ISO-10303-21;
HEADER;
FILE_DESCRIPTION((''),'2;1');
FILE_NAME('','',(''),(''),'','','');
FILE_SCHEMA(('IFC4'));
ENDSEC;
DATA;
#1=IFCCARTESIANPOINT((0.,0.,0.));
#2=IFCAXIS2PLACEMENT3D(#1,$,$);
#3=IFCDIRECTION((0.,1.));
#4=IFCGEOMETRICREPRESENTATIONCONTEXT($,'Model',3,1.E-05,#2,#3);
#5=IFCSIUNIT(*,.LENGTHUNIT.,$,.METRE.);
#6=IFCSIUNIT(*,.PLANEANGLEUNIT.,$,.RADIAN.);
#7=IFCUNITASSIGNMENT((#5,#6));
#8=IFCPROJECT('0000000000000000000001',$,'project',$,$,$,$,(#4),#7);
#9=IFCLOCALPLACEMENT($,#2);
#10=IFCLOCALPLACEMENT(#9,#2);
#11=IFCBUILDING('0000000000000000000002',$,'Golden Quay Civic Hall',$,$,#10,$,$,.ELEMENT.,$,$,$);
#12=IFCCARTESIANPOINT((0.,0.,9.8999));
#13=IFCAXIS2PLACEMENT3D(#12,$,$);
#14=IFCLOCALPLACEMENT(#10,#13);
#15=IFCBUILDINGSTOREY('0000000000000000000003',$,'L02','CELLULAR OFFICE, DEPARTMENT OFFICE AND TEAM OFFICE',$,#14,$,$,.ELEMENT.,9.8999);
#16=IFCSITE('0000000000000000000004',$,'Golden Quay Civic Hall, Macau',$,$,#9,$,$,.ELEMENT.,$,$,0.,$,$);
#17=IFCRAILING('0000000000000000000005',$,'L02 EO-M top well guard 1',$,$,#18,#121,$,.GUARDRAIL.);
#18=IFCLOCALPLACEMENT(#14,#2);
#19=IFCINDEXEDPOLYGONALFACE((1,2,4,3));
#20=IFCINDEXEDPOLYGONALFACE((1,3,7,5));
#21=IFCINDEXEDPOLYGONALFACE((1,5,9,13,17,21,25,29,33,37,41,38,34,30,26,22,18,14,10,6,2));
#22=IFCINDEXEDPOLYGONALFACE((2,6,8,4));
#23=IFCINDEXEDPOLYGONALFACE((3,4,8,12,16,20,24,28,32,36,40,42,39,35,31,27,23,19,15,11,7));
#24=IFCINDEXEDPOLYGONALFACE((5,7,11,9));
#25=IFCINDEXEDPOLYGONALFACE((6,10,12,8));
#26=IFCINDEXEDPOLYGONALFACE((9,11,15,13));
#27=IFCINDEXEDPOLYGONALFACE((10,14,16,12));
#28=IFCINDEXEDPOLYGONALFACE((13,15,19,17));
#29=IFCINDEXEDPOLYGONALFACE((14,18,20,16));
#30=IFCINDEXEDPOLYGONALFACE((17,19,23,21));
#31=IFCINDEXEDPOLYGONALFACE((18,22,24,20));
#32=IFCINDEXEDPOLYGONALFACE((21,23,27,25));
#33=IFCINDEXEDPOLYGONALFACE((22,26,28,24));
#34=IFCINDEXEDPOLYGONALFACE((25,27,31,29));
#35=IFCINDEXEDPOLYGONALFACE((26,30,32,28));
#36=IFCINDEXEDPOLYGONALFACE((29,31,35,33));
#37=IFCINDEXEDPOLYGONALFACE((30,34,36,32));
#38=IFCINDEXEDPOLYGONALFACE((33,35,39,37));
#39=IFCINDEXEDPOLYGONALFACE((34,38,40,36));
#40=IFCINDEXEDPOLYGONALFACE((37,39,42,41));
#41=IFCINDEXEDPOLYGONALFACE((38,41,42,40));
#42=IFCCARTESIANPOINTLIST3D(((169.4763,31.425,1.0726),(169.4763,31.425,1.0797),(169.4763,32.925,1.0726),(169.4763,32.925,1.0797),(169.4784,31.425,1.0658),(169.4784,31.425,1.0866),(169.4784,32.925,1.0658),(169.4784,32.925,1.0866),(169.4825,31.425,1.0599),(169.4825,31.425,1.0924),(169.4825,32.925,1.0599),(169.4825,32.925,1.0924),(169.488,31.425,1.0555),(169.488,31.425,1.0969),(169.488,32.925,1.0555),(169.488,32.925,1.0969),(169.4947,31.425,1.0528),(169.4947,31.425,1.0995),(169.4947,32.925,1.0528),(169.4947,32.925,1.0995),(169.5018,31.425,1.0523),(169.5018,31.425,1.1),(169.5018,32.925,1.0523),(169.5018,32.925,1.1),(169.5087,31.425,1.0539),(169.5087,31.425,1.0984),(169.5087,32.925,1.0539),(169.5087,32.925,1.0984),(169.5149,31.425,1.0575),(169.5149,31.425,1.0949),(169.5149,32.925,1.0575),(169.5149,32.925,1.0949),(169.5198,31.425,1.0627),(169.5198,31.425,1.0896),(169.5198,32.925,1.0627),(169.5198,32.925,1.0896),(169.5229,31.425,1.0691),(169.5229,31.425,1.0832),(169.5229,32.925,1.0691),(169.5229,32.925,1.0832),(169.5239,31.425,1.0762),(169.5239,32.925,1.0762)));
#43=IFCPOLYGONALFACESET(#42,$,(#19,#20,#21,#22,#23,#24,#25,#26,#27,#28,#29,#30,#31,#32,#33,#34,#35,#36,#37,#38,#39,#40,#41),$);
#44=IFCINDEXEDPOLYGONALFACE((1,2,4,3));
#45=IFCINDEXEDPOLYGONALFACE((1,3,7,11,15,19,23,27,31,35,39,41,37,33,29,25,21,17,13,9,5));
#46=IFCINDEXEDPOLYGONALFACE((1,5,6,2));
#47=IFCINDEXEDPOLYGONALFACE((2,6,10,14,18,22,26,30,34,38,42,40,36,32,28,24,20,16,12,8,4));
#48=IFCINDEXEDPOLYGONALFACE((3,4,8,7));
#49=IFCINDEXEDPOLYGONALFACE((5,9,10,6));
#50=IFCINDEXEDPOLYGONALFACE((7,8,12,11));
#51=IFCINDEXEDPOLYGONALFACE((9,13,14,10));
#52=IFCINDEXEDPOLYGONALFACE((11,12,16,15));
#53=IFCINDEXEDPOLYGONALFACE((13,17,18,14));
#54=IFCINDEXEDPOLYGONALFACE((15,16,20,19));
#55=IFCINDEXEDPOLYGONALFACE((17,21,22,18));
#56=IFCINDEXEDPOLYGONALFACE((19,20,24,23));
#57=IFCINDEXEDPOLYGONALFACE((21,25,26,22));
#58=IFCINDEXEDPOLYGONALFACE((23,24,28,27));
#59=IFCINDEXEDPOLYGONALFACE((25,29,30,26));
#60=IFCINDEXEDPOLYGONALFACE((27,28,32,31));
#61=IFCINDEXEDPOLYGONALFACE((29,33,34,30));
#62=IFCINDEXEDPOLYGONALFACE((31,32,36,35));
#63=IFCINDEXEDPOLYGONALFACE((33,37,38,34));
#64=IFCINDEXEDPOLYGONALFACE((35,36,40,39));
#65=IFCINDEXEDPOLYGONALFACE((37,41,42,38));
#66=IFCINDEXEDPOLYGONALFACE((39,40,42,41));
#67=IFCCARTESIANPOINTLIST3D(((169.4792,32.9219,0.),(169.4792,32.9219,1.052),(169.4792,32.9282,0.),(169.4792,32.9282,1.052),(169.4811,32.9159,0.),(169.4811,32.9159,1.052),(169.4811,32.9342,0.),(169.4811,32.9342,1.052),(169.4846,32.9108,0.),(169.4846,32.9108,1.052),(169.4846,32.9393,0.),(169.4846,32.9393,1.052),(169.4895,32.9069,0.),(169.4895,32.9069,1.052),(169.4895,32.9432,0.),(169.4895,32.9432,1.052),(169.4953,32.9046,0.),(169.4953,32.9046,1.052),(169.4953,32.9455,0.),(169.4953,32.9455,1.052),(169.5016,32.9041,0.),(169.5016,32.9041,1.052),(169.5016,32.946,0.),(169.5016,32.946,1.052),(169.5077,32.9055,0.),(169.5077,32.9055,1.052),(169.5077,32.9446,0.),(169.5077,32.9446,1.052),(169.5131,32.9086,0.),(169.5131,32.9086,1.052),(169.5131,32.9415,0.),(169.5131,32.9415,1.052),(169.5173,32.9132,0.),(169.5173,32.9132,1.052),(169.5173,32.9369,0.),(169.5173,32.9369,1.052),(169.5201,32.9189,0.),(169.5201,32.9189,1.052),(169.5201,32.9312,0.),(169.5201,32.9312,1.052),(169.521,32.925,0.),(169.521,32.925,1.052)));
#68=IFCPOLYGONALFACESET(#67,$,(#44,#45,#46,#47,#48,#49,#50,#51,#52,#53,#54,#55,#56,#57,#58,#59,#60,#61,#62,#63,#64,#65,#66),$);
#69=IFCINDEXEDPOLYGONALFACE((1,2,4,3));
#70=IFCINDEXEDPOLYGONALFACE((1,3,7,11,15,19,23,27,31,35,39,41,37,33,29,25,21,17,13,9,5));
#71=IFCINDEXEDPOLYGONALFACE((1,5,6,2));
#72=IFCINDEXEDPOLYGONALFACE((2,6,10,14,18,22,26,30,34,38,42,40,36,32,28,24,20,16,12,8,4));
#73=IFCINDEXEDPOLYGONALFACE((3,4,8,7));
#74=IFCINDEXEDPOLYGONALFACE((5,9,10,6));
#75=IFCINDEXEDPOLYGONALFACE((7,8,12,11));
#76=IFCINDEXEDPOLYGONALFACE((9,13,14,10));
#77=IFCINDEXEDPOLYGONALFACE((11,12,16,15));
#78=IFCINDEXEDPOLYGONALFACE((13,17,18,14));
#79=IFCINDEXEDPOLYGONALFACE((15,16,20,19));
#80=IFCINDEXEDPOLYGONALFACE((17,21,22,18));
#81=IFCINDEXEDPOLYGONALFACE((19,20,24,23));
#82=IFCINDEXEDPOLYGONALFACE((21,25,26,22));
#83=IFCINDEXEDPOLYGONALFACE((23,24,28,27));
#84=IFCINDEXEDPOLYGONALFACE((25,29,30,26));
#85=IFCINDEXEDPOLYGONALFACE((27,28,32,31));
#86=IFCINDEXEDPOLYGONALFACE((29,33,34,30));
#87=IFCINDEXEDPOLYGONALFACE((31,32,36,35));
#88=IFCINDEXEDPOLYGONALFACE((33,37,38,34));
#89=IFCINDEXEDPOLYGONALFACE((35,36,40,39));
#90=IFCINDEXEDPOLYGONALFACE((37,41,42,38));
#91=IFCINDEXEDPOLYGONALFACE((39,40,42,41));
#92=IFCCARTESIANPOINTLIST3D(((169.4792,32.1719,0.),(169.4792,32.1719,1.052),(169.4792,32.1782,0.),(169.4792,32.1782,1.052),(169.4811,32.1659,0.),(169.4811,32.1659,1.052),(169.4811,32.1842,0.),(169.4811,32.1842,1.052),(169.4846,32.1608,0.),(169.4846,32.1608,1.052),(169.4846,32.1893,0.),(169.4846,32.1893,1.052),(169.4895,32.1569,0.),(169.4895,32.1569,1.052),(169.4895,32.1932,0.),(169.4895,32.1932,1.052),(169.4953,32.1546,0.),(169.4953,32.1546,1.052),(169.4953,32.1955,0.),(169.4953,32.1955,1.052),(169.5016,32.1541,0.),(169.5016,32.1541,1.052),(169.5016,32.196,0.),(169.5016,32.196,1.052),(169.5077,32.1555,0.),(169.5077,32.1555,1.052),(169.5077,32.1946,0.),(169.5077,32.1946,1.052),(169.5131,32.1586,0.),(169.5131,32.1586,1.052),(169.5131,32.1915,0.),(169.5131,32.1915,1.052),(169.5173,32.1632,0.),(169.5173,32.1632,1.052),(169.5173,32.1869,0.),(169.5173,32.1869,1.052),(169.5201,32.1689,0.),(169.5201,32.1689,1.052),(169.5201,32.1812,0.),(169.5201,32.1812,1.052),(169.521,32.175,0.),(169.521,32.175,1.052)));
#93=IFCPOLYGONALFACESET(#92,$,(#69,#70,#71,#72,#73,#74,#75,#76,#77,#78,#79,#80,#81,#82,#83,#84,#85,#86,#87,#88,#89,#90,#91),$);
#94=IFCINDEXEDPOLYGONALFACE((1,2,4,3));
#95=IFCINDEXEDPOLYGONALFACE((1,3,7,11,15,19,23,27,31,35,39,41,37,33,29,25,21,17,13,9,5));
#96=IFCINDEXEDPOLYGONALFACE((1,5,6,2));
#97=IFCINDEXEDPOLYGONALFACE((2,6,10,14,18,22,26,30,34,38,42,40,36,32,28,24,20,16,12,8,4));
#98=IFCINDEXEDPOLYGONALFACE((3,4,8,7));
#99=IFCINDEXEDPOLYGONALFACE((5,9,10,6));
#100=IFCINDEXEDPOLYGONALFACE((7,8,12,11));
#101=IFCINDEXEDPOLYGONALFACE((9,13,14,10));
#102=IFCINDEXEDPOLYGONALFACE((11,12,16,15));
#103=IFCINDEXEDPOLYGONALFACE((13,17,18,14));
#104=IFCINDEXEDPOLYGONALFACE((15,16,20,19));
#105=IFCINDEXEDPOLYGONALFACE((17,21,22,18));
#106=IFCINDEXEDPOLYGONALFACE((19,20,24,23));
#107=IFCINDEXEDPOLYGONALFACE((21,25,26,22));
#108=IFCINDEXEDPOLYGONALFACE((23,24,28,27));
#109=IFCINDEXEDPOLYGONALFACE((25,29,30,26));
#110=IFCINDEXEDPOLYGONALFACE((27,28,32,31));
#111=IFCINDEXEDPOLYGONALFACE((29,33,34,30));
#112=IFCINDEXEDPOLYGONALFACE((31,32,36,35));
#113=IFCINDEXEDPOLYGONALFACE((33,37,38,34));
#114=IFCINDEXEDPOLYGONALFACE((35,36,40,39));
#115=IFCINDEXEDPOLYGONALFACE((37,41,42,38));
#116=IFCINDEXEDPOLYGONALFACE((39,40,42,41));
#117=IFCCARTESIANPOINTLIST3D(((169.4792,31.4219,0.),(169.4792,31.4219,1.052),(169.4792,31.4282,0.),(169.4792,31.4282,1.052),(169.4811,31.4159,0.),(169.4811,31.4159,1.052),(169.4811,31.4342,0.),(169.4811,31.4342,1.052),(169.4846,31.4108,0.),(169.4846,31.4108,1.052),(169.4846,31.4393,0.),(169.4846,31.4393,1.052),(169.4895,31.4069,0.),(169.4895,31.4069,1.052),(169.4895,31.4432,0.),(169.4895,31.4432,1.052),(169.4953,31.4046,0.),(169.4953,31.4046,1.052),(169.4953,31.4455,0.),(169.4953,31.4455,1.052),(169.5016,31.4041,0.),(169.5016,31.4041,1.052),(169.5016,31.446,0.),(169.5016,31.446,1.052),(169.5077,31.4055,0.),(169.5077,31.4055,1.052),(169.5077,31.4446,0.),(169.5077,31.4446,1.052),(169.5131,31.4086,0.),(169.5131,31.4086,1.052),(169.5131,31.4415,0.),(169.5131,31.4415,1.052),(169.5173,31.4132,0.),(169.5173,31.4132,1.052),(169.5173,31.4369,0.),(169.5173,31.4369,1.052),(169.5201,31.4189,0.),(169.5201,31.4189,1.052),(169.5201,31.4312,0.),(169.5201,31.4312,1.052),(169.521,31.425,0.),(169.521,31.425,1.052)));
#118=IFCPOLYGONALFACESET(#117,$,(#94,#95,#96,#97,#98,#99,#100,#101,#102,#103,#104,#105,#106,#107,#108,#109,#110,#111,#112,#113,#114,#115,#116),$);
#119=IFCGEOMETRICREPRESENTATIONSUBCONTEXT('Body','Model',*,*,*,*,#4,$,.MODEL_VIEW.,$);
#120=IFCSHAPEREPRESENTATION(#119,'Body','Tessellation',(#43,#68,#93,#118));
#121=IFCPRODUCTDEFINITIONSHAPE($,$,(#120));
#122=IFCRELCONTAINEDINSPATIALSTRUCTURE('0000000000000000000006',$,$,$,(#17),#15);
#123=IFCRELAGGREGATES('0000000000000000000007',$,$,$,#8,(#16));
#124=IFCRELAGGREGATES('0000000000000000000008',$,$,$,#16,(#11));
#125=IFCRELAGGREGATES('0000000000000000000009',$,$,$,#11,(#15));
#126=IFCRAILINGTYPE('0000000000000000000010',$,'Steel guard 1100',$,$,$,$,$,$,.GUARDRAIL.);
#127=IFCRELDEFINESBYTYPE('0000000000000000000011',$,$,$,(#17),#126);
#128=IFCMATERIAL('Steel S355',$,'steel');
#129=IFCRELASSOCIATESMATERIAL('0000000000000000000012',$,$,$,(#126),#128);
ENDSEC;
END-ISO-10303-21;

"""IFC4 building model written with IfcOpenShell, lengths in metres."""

from ifc_helpers import new_model, si_unit, direction, frame, origin, origin_2d, place, context, subcontext, project, spatial, circle, extrude, material, type_object, element, save


model = new_model("IFC4")

# Units and contexts
model_context = context("Model", 3, precision=1e-05, world=origin(), true_north=direction((0.0, 1.0)))
body_context = subcontext(model_context, "Body", "Model", "MODEL_VIEW")
ifc_project = project(units=[si_unit("LENGTHUNIT", "METRE"), si_unit("PLANEANGLEUNIT", "RADIAN")], contexts=[model_context])

# Site, building, storey
site_placement = place(None, origin())
site = spatial("IfcSite", under=ifc_project, at=site_placement, Name="Golden Quay Civic Hall, Macau", CompositionType="ELEMENT", RefElevation=0.0)
building_placement = place(site_placement, origin())
building = spatial("IfcBuilding", under=site, at=building_placement, Name="Golden Quay Civic Hall", CompositionType="ELEMENT")
storey_placement = place(building_placement, frame((0.0, 0.0, 9.8999)))
storey = spatial("IfcBuildingStorey", under=building, at=storey_placement, Name="L02", Description="CELLULAR OFFICE, DEPARTMENT OFFICE AND TEAM OFFICE", CompositionType="ELEMENT", Elevation=9.8999)

# Railing
ifc_material_1 = material(Name="Steel S355", Category="steel")
railing_type = type_object("IfcRailingType", Name="Steel guard 1100", PredefinedType="GUARDRAIL", material=ifc_material_1)
railing_placement = place(storey_placement, frame((169.5, 32.925, 0.0)))
element("IfcRailing", 1, at=railing_placement, inside=storey, type_object=railing_type, Name="L02 EO-M top well guard 1", PredefinedType="GUARDRAIL", context=body_context, shape_type="SweptSolid", body=[
    extrude(circle(Radius=0.0239, at=origin_2d()), frame((0.0, 0.0, 1.0762), z_axis=(0.0, -1.0, 0.0), x_axis=(1.0, 0.0, 0.0)), (0.0, 0.0, 1.0), 1.5),
    extrude(circle(Radius=0.021, at=origin_2d()), origin(), (0.0, 0.0, 1.0), 1.052),
    extrude(circle(Radius=0.021, at=origin_2d()), frame((0.0, -0.75, 0.0)), (0.0, 0.0, 1.0), 1.052),
    extrude(circle(Radius=0.021, at=origin_2d()), frame((0.0, -1.5, 0.0)), (0.0, 0.0, 1.0), 1.052),
])

save(model, "model.ifc")
